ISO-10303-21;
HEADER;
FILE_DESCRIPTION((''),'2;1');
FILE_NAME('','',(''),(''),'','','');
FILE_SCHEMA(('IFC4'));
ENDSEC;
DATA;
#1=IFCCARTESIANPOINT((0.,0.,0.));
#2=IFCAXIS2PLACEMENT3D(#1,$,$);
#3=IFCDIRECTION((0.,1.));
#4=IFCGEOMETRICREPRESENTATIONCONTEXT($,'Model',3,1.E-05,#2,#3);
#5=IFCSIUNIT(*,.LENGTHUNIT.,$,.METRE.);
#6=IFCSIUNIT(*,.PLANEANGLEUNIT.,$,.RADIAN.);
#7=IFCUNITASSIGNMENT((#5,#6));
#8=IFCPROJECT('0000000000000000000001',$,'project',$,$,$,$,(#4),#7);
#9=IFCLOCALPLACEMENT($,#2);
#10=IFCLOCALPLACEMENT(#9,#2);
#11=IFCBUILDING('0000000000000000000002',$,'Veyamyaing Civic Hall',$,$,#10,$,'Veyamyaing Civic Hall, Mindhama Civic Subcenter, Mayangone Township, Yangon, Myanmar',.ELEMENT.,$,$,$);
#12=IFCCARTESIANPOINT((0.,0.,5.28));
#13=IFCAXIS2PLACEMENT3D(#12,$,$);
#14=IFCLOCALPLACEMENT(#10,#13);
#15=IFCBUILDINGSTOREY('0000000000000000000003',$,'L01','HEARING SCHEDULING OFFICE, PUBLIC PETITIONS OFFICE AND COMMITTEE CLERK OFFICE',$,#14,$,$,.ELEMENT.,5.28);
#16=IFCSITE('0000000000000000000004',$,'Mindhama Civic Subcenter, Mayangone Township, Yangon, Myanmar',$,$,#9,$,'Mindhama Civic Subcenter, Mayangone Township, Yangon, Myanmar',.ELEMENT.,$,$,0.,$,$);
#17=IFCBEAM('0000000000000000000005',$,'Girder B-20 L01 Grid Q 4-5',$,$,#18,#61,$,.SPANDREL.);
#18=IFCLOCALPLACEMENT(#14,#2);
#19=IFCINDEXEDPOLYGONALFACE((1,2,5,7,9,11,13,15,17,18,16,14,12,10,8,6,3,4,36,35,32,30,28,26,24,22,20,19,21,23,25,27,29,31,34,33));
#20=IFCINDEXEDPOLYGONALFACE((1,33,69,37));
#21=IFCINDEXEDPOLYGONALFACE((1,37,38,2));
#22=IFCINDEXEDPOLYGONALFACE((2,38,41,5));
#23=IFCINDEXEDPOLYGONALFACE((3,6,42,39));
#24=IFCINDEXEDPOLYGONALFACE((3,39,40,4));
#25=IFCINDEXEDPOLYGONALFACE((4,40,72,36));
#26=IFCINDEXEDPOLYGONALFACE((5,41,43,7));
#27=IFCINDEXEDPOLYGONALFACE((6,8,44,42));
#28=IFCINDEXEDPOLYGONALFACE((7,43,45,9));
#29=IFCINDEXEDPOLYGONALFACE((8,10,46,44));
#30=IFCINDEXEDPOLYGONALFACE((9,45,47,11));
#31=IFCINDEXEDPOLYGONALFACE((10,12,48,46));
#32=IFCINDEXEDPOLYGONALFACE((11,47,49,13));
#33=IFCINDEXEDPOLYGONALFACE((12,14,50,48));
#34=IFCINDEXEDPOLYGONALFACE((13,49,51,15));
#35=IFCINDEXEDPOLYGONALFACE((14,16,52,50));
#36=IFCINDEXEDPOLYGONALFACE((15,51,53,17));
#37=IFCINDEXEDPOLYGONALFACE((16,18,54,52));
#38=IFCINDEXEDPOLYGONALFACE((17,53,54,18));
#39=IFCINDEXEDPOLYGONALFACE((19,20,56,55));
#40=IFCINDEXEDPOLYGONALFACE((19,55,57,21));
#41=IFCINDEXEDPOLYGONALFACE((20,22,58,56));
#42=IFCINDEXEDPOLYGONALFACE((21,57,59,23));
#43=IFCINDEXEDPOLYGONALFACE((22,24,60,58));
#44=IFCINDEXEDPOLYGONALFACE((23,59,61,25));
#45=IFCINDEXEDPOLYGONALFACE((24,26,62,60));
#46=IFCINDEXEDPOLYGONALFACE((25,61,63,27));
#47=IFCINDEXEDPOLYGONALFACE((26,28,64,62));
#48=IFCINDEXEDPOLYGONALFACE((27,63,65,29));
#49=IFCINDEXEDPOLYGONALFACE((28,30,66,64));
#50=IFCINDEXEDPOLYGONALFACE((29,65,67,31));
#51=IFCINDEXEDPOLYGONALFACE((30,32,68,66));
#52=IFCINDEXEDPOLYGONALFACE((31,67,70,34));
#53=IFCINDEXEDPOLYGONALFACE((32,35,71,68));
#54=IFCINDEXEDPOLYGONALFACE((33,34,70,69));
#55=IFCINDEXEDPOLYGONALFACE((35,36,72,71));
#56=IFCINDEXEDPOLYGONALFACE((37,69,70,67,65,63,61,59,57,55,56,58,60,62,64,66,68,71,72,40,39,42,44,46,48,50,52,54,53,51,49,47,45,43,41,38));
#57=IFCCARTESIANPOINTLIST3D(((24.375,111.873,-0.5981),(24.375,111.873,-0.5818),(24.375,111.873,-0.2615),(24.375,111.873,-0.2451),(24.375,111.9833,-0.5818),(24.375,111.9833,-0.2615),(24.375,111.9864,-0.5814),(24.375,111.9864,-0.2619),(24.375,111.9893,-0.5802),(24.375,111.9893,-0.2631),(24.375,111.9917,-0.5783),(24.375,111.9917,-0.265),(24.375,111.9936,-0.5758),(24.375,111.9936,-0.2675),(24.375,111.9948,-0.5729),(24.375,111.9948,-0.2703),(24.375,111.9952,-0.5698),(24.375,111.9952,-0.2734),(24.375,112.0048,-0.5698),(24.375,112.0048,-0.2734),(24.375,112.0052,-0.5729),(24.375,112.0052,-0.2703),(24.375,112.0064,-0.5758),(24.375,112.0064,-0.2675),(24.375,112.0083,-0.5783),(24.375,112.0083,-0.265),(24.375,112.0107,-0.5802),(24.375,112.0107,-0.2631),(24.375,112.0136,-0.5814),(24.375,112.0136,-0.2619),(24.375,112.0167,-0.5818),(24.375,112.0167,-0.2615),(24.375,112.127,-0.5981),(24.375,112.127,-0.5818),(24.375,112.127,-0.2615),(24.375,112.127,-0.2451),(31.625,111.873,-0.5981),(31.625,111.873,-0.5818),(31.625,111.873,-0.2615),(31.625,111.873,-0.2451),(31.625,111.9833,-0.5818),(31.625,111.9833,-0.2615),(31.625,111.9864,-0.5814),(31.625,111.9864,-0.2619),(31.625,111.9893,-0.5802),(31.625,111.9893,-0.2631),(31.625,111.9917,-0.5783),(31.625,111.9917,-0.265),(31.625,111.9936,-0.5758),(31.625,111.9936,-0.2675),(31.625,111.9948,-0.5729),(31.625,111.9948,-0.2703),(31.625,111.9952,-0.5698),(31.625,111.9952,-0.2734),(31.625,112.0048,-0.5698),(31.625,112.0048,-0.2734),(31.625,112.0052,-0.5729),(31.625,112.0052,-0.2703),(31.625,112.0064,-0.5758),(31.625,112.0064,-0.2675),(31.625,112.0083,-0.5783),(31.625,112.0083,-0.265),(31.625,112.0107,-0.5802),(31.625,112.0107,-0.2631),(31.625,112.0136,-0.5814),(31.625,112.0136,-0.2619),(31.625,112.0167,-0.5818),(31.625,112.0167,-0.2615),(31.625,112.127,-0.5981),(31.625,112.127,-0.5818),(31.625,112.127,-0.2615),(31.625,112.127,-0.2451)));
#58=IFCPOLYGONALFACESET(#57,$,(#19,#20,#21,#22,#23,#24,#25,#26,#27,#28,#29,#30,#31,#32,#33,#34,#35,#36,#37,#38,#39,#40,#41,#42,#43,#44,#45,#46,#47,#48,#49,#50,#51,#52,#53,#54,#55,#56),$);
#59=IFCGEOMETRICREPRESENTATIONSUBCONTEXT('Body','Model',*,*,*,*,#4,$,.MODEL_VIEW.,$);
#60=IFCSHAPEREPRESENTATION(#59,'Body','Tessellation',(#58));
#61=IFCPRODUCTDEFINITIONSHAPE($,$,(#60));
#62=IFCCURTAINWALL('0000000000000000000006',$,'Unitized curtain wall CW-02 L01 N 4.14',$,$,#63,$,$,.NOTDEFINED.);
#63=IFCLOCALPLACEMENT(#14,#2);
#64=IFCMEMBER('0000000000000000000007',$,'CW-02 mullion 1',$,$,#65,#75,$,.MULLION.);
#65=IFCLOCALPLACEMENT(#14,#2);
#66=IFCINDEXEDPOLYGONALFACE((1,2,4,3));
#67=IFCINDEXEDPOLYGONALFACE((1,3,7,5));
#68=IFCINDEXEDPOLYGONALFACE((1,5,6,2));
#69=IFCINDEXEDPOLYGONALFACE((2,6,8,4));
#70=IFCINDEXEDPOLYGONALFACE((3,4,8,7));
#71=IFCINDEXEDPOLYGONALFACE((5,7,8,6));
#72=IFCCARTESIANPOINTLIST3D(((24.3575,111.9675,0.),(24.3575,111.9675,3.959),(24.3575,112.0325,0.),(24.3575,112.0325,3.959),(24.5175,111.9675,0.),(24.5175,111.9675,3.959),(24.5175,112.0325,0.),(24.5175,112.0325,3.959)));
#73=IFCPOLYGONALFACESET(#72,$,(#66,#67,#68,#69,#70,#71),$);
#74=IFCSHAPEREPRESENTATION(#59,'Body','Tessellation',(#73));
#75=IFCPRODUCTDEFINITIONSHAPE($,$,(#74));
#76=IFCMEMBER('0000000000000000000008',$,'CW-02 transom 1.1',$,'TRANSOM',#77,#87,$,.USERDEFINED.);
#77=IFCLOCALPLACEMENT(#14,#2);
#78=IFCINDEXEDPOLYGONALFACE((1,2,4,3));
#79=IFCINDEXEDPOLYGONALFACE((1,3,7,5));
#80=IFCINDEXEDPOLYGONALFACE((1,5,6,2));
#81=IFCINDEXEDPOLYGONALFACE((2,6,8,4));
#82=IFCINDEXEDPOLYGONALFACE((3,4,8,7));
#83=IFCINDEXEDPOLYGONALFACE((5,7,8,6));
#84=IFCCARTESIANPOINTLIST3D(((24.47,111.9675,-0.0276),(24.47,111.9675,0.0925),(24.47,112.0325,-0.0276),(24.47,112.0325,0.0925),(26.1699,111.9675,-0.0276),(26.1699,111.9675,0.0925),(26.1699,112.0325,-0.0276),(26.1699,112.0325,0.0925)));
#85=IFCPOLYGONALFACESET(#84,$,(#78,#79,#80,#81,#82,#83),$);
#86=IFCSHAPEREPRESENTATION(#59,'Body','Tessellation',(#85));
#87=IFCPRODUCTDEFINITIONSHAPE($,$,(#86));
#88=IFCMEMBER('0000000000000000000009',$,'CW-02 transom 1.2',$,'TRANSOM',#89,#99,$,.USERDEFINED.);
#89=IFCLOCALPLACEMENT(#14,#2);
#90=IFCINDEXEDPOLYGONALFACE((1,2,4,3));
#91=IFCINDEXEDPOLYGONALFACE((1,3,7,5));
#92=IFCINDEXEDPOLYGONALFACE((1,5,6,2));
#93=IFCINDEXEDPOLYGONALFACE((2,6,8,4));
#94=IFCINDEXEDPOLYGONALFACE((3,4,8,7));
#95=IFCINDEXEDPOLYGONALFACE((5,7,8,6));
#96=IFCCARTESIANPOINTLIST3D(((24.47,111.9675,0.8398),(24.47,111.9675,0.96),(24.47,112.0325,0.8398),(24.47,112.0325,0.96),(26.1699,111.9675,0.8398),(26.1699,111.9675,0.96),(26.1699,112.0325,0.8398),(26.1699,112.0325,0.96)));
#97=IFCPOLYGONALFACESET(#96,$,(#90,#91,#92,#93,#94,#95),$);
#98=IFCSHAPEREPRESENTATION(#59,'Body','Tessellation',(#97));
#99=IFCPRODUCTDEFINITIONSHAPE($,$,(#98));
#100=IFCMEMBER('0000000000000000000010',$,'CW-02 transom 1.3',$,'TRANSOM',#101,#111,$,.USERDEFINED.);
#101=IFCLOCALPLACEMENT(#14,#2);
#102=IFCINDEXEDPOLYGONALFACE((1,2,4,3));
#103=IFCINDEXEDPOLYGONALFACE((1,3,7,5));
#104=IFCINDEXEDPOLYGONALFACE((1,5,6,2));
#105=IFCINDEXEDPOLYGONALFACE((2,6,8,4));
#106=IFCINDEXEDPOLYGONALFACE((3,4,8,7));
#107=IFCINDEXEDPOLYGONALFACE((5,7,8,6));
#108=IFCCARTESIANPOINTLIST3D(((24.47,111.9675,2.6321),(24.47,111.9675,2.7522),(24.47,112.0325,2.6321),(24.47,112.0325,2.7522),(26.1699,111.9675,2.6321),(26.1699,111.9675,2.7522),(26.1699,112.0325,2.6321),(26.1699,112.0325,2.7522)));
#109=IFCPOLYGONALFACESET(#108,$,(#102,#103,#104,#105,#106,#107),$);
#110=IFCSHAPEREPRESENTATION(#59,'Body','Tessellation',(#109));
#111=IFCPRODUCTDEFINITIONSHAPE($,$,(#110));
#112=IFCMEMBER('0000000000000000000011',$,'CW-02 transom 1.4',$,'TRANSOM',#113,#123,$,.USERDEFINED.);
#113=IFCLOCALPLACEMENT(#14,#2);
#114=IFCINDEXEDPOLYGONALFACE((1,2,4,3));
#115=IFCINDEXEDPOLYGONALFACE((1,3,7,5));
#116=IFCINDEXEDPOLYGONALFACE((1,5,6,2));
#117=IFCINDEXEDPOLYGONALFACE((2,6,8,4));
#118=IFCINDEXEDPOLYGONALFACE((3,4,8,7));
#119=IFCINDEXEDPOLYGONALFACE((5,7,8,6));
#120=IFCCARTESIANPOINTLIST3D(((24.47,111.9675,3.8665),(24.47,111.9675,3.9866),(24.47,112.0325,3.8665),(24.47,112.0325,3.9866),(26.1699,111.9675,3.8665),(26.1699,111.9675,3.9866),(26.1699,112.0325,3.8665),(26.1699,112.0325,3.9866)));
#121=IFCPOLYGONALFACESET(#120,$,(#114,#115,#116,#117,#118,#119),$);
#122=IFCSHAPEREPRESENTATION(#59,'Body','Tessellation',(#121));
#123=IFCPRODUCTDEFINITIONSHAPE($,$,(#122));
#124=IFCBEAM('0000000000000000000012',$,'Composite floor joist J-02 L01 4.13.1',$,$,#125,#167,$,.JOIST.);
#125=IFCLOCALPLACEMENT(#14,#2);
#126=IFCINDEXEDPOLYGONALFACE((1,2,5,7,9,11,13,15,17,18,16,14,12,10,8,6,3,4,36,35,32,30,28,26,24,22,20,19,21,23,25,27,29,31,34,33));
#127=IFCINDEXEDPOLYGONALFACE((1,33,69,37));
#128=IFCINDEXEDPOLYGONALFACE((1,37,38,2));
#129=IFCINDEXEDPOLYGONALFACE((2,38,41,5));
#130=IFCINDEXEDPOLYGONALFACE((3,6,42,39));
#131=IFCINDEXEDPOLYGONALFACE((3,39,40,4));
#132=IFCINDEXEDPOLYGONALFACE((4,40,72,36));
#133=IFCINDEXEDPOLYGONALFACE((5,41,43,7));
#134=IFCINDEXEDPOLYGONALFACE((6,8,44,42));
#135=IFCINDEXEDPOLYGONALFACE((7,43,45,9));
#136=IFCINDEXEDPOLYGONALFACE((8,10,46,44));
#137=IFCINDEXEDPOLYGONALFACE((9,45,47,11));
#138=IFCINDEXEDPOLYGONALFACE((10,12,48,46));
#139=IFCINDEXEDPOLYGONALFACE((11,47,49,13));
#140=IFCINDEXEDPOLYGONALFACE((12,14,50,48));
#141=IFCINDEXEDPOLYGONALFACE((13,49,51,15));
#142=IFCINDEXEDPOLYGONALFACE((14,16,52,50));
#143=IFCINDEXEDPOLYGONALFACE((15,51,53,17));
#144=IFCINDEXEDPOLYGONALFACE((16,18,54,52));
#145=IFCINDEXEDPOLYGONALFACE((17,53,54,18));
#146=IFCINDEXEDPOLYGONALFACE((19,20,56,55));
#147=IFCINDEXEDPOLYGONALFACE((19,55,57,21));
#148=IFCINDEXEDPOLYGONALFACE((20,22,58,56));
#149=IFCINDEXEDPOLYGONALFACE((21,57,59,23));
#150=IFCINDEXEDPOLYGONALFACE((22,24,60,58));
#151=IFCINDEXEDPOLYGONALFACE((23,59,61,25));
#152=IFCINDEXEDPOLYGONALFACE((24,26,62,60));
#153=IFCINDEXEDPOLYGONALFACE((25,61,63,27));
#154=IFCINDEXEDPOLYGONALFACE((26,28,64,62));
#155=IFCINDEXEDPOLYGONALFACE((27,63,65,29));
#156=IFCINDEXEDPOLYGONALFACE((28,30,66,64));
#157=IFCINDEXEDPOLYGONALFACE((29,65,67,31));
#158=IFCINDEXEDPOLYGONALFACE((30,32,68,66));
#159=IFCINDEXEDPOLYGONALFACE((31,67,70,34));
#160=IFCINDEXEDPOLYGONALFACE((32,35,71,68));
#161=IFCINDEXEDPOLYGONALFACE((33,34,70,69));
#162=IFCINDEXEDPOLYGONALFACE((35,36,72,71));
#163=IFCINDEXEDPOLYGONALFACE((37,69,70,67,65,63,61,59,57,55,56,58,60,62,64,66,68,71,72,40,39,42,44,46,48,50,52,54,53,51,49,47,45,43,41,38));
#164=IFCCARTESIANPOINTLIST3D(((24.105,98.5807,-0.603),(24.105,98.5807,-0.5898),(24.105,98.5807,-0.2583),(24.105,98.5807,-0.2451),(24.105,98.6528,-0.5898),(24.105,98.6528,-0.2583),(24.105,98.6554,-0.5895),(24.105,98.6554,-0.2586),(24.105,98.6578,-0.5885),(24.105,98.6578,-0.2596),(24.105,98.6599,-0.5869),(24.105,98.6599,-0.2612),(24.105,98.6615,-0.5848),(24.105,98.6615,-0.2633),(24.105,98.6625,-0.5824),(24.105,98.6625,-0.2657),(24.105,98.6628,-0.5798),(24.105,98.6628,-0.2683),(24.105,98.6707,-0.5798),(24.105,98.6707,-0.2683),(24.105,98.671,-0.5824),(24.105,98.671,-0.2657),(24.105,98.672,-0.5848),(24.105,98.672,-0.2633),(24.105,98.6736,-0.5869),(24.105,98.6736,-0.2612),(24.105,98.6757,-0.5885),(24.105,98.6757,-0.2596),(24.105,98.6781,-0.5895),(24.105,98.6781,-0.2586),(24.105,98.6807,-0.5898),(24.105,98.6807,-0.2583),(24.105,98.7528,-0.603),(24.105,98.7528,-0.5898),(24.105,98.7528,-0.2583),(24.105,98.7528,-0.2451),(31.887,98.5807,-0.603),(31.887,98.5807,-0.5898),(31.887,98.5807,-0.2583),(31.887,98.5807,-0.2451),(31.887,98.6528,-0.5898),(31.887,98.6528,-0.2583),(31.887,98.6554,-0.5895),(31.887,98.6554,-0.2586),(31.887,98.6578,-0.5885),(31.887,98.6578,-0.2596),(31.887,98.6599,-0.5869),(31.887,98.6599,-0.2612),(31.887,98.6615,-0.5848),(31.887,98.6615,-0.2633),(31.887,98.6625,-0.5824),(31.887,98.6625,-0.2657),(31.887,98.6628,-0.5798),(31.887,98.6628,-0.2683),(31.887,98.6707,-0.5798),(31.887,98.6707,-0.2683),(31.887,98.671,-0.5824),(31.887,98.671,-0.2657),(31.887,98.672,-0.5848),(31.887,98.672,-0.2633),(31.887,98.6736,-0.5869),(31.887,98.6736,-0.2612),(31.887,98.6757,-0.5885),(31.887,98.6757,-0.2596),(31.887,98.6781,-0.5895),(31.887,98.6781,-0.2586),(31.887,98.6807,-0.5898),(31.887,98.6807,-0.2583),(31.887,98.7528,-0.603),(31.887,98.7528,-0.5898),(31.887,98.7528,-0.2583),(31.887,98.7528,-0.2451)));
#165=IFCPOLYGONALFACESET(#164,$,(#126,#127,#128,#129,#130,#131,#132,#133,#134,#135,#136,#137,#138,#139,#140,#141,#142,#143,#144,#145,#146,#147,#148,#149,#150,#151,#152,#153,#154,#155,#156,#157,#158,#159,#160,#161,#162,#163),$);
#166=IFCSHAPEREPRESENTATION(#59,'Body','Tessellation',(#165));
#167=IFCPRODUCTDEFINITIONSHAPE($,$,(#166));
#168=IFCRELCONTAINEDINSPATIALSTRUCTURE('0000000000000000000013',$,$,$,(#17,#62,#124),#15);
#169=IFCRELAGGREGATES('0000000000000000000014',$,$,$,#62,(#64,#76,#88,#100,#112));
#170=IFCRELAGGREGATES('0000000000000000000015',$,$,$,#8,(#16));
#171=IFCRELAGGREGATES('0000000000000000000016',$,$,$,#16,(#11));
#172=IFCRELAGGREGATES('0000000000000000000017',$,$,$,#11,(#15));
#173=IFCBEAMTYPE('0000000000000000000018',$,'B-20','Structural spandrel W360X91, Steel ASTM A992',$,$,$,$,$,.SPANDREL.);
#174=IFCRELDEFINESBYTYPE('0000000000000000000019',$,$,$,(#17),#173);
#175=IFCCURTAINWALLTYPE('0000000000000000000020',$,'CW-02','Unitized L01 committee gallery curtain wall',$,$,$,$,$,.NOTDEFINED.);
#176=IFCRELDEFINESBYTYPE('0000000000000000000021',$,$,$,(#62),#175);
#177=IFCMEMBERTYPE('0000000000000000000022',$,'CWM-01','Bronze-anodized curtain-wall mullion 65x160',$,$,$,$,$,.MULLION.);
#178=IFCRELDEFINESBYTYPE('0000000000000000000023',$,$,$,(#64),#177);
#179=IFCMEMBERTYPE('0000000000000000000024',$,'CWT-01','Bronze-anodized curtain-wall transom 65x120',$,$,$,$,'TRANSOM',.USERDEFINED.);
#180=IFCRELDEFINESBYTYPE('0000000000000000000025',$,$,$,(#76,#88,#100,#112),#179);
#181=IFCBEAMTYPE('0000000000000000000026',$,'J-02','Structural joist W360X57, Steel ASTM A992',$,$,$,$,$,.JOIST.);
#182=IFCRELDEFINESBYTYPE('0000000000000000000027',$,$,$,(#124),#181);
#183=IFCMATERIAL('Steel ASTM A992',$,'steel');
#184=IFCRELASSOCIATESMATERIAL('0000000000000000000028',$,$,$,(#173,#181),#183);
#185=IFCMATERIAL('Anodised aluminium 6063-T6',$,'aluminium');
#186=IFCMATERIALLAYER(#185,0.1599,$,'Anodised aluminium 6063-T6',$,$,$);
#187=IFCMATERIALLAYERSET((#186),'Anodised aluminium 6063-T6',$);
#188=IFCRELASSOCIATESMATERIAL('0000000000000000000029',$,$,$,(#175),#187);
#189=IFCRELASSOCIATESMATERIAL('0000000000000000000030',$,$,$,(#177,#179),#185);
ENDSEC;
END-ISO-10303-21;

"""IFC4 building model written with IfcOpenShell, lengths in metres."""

from ifc_helpers import new_model, si_unit, direction, frame, origin, origin_2d, place, context, subcontext, project, spatial, rectangle, i_section, extrude, material, layer, layer_set, material_profile, profile_set, type_object, element, aggregate, save


model = new_model("IFC4")

# Units and contexts
model_context = context("Model", 3, precision=1e-05, world=origin(), true_north=direction((0.0, 1.0)))
body_context = subcontext(model_context, "Body", "Model", "MODEL_VIEW")
ifc_project = project(units=[si_unit("LENGTHUNIT", "METRE"), si_unit("PLANEANGLEUNIT", "RADIAN")], contexts=[model_context])

# Site, building, storey
site_placement = place(None, origin())
site = spatial("IfcSite", under=ifc_project, at=site_placement, Name="Mindhama Civic Subcenter, Mayangone Township, Yangon, Myanmar", LongName="Mindhama Civic Subcenter, Mayangone Township, Yangon, Myanmar", CompositionType="ELEMENT", RefElevation=0.0)
building_placement = place(site_placement, origin())
building = spatial("IfcBuilding", under=site, at=building_placement, Name="Veyamyaing Civic Hall", LongName="Veyamyaing Civic Hall, Mindhama Civic Subcenter, Mayangone Township, Yangon, Myanmar", CompositionType="ELEMENT")
storey_placement = place(building_placement, frame((0.0, 0.0, 5.28)))
storey = spatial("IfcBuildingStorey", under=building, at=storey_placement, Name="L01", Description="HEARING SCHEDULING OFFICE, PUBLIC PETITIONS OFFICE AND COMMITTEE CLERK OFFICE", CompositionType="ELEMENT", Elevation=5.28)

# Beam
ifc_material_1 = material(Name="Steel ASTM A992", Category="steel")
ifc_material_profile_1 = material_profile(ifc_material_1, i_section(OverallWidth=0.2539, OverallDepth=0.353, WebThickness=0.0095, FlangeThickness=0.0164, FilletRadius=0.012, at=origin_2d()), Name="W360X91")
ifc_profile_set_1 = profile_set([ifc_material_profile_1], Name="Steel ASTM A992")
beam_type_1 = type_object("IfcBeamType", Name="B-20", Description="Structural spandrel W360X91, Steel ASTM A992", PredefinedType="SPANDREL", material=ifc_profile_set_1)
beam_1_placement = place(storey_placement, frame((24.375, 112.0, -0.4216), z_axis=(1.0, 0.0, 0.0), x_axis=(0.0, 1.0, 0.0)))
element("IfcBeam", 1, at=beam_1_placement, inside=storey, type_object=beam_type_1, Name="Girder B-20 L01 Grid Q 4-5", PredefinedType="SPANDREL", context=body_context, shape_type="SweptSolid", body=[
    extrude(i_section(OverallWidth=0.2539, OverallDepth=0.353, WebThickness=0.0095, FlangeThickness=0.0164, FilletRadius=0.012, at=origin_2d()), origin(), (0.0, 0.0, 1.0), 7.25),
])

# Curtain wall, members
ifc_material_2 = material(Name="Anodised aluminium 6063-T6", Category="aluminium")
ifc_layer_1 = layer(ifc_material_2, 0.1599, Name="Anodised aluminium 6063-T6")
ifc_layer_set_1 = layer_set([ifc_layer_1], Name="Anodised aluminium 6063-T6")
curtain_wall_type = type_object("IfcCurtainWallType", Name="CW-02", Description="Unitized L01 committee gallery curtain wall", PredefinedType="NOTDEFINED", material=ifc_layer_set_1)
curtain_wall_placement = place(storey_placement, origin())
curtain_wall = element("IfcCurtainWall", 2, at=curtain_wall_placement, inside=storey, type_object=curtain_wall_type, Name="Unitized curtain wall CW-02 L01 N 4.14", PredefinedType="NOTDEFINED")
ifc_material_profile_2 = material_profile(ifc_material_2, rectangle(XDim=0.0649, YDim=0.1599, at=origin_2d()), Name="ALU-MUL-65X160")
ifc_profile_set_2 = profile_set([ifc_material_profile_2], Name="Anodised aluminium 6063-T6")
member_type_1 = type_object("IfcMemberType", Name="CWM-01", Description="Bronze-anodized curtain-wall mullion 65x160", PredefinedType="MULLION", material=ifc_profile_set_2)
member_1_placement = place(storey_placement, frame((24.4375, 112.0, 0.0), z_axis=(0.0, 0.0, 1.0), x_axis=(0.0, 1.0, 0.0)))
member_1 = element("IfcMember", 3, at=member_1_placement, type_object=member_type_1, Name="CW-02 mullion 1", PredefinedType="MULLION", context=body_context, shape_type="SweptSolid", body=[
    extrude(rectangle(XDim=0.0649, YDim=0.1599, at=origin_2d()), origin(), (0.0, 0.0, 1.0), 3.959),
])
ifc_material_profile_3 = material_profile(ifc_material_2, rectangle(XDim=0.0649, YDim=0.1201, at=origin_2d()), Name="ALU-TRN-65X120")
ifc_profile_set_3 = profile_set([ifc_material_profile_3], Name="Anodised aluminium 6063-T6")
member_type_2 = type_object("IfcMemberType", Name="CWT-01", Description="Bronze-anodized curtain-wall transom 65x120", ElementType="TRANSOM", PredefinedType="USERDEFINED", material=ifc_profile_set_3)
member_2_placement = place(storey_placement, frame((24.47, 112.0, 0.0325), z_axis=(1.0, 0.0, 0.0), x_axis=(0.0, 1.0, 0.0)))
member_2 = element("IfcMember", 4, at=member_2_placement, type_object=member_type_2, Name="CW-02 transom 1.1", ObjectType="TRANSOM", PredefinedType="USERDEFINED", context=body_context, shape_type="SweptSolid", body=[
    extrude(rectangle(XDim=0.0649, YDim=0.1201, at=origin_2d()), origin(), (0.0, 0.0, 1.0), 1.7),
])
member_3_placement = place(storey_placement, frame((24.47, 112.0, 0.8999), z_axis=(1.0, 0.0, 0.0), x_axis=(0.0, 1.0, 0.0)))
member_3 = element("IfcMember", 5, at=member_3_placement, type_object=member_type_2, Name="CW-02 transom 1.2", ObjectType="TRANSOM", PredefinedType="USERDEFINED", context=body_context, shape_type="SweptSolid", body=[
    extrude(rectangle(XDim=0.0649, YDim=0.1201, at=origin_2d()), origin(), (0.0, 0.0, 1.0), 1.7),
])
member_4_placement = place(storey_placement, frame((24.47, 112.0, 2.6921), z_axis=(1.0, 0.0, 0.0), x_axis=(0.0, 1.0, 0.0)))
member_4 = element("IfcMember", 6, at=member_4_placement, type_object=member_type_2, Name="CW-02 transom 1.3", ObjectType="TRANSOM", PredefinedType="USERDEFINED", context=body_context, shape_type="SweptSolid", body=[
    extrude(rectangle(XDim=0.0649, YDim=0.1201, at=origin_2d()), origin(), (0.0, 0.0, 1.0), 1.7),
])
member_5_placement = place(storey_placement, frame((24.47, 112.0, 3.9265), z_axis=(1.0, 0.0, 0.0), x_axis=(0.0, 1.0, 0.0)))
member_5 = element("IfcMember", 7, at=member_5_placement, type_object=member_type_2, Name="CW-02 transom 1.4", ObjectType="TRANSOM", PredefinedType="USERDEFINED", context=body_context, shape_type="SweptSolid", body=[
    extrude(rectangle(XDim=0.0649, YDim=0.1201, at=origin_2d()), origin(), (0.0, 0.0, 1.0), 1.7),
])

# Beam
ifc_material_profile_4 = material_profile(ifc_material_1, i_section(OverallWidth=0.1721, OverallDepth=0.3579, WebThickness=0.0078, FlangeThickness=0.0132, FilletRadius=0.01, at=origin_2d()), Name="W360X57")
ifc_profile_set_4 = profile_set([ifc_material_profile_4], Name="Steel ASTM A992")
beam_type_2 = type_object("IfcBeamType", Name="J-02", Description="Structural joist W360X57, Steel ASTM A992", PredefinedType="JOIST", material=ifc_profile_set_4)
for number, where, z_axis, x_axis, name in (
    (8, (24.105, 98.6667, -0.4241), (1.0, 0.0, 0.0), (0.0, 1.0, 0.0), "Composite floor joist J-02 L01 4.13.1"),
):
    element("IfcBeam", number, at=place(storey_placement, frame(where, z_axis=z_axis, x_axis=x_axis)), inside=storey, type_object=beam_type_2, Name=name, PredefinedType="JOIST", context=body_context, shape_type="SweptSolid", body=[
        extrude(i_section(OverallWidth=0.1721, OverallDepth=0.3579, WebThickness=0.0078, FlangeThickness=0.0132, FilletRadius=0.01, at=origin_2d()), origin(), (0.0, 0.0, 1.0), 7.782),
    ])

aggregate(curtain_wall, [member_1, member_2, member_3, member_4, member_5])

save(model, "model.ifc")
